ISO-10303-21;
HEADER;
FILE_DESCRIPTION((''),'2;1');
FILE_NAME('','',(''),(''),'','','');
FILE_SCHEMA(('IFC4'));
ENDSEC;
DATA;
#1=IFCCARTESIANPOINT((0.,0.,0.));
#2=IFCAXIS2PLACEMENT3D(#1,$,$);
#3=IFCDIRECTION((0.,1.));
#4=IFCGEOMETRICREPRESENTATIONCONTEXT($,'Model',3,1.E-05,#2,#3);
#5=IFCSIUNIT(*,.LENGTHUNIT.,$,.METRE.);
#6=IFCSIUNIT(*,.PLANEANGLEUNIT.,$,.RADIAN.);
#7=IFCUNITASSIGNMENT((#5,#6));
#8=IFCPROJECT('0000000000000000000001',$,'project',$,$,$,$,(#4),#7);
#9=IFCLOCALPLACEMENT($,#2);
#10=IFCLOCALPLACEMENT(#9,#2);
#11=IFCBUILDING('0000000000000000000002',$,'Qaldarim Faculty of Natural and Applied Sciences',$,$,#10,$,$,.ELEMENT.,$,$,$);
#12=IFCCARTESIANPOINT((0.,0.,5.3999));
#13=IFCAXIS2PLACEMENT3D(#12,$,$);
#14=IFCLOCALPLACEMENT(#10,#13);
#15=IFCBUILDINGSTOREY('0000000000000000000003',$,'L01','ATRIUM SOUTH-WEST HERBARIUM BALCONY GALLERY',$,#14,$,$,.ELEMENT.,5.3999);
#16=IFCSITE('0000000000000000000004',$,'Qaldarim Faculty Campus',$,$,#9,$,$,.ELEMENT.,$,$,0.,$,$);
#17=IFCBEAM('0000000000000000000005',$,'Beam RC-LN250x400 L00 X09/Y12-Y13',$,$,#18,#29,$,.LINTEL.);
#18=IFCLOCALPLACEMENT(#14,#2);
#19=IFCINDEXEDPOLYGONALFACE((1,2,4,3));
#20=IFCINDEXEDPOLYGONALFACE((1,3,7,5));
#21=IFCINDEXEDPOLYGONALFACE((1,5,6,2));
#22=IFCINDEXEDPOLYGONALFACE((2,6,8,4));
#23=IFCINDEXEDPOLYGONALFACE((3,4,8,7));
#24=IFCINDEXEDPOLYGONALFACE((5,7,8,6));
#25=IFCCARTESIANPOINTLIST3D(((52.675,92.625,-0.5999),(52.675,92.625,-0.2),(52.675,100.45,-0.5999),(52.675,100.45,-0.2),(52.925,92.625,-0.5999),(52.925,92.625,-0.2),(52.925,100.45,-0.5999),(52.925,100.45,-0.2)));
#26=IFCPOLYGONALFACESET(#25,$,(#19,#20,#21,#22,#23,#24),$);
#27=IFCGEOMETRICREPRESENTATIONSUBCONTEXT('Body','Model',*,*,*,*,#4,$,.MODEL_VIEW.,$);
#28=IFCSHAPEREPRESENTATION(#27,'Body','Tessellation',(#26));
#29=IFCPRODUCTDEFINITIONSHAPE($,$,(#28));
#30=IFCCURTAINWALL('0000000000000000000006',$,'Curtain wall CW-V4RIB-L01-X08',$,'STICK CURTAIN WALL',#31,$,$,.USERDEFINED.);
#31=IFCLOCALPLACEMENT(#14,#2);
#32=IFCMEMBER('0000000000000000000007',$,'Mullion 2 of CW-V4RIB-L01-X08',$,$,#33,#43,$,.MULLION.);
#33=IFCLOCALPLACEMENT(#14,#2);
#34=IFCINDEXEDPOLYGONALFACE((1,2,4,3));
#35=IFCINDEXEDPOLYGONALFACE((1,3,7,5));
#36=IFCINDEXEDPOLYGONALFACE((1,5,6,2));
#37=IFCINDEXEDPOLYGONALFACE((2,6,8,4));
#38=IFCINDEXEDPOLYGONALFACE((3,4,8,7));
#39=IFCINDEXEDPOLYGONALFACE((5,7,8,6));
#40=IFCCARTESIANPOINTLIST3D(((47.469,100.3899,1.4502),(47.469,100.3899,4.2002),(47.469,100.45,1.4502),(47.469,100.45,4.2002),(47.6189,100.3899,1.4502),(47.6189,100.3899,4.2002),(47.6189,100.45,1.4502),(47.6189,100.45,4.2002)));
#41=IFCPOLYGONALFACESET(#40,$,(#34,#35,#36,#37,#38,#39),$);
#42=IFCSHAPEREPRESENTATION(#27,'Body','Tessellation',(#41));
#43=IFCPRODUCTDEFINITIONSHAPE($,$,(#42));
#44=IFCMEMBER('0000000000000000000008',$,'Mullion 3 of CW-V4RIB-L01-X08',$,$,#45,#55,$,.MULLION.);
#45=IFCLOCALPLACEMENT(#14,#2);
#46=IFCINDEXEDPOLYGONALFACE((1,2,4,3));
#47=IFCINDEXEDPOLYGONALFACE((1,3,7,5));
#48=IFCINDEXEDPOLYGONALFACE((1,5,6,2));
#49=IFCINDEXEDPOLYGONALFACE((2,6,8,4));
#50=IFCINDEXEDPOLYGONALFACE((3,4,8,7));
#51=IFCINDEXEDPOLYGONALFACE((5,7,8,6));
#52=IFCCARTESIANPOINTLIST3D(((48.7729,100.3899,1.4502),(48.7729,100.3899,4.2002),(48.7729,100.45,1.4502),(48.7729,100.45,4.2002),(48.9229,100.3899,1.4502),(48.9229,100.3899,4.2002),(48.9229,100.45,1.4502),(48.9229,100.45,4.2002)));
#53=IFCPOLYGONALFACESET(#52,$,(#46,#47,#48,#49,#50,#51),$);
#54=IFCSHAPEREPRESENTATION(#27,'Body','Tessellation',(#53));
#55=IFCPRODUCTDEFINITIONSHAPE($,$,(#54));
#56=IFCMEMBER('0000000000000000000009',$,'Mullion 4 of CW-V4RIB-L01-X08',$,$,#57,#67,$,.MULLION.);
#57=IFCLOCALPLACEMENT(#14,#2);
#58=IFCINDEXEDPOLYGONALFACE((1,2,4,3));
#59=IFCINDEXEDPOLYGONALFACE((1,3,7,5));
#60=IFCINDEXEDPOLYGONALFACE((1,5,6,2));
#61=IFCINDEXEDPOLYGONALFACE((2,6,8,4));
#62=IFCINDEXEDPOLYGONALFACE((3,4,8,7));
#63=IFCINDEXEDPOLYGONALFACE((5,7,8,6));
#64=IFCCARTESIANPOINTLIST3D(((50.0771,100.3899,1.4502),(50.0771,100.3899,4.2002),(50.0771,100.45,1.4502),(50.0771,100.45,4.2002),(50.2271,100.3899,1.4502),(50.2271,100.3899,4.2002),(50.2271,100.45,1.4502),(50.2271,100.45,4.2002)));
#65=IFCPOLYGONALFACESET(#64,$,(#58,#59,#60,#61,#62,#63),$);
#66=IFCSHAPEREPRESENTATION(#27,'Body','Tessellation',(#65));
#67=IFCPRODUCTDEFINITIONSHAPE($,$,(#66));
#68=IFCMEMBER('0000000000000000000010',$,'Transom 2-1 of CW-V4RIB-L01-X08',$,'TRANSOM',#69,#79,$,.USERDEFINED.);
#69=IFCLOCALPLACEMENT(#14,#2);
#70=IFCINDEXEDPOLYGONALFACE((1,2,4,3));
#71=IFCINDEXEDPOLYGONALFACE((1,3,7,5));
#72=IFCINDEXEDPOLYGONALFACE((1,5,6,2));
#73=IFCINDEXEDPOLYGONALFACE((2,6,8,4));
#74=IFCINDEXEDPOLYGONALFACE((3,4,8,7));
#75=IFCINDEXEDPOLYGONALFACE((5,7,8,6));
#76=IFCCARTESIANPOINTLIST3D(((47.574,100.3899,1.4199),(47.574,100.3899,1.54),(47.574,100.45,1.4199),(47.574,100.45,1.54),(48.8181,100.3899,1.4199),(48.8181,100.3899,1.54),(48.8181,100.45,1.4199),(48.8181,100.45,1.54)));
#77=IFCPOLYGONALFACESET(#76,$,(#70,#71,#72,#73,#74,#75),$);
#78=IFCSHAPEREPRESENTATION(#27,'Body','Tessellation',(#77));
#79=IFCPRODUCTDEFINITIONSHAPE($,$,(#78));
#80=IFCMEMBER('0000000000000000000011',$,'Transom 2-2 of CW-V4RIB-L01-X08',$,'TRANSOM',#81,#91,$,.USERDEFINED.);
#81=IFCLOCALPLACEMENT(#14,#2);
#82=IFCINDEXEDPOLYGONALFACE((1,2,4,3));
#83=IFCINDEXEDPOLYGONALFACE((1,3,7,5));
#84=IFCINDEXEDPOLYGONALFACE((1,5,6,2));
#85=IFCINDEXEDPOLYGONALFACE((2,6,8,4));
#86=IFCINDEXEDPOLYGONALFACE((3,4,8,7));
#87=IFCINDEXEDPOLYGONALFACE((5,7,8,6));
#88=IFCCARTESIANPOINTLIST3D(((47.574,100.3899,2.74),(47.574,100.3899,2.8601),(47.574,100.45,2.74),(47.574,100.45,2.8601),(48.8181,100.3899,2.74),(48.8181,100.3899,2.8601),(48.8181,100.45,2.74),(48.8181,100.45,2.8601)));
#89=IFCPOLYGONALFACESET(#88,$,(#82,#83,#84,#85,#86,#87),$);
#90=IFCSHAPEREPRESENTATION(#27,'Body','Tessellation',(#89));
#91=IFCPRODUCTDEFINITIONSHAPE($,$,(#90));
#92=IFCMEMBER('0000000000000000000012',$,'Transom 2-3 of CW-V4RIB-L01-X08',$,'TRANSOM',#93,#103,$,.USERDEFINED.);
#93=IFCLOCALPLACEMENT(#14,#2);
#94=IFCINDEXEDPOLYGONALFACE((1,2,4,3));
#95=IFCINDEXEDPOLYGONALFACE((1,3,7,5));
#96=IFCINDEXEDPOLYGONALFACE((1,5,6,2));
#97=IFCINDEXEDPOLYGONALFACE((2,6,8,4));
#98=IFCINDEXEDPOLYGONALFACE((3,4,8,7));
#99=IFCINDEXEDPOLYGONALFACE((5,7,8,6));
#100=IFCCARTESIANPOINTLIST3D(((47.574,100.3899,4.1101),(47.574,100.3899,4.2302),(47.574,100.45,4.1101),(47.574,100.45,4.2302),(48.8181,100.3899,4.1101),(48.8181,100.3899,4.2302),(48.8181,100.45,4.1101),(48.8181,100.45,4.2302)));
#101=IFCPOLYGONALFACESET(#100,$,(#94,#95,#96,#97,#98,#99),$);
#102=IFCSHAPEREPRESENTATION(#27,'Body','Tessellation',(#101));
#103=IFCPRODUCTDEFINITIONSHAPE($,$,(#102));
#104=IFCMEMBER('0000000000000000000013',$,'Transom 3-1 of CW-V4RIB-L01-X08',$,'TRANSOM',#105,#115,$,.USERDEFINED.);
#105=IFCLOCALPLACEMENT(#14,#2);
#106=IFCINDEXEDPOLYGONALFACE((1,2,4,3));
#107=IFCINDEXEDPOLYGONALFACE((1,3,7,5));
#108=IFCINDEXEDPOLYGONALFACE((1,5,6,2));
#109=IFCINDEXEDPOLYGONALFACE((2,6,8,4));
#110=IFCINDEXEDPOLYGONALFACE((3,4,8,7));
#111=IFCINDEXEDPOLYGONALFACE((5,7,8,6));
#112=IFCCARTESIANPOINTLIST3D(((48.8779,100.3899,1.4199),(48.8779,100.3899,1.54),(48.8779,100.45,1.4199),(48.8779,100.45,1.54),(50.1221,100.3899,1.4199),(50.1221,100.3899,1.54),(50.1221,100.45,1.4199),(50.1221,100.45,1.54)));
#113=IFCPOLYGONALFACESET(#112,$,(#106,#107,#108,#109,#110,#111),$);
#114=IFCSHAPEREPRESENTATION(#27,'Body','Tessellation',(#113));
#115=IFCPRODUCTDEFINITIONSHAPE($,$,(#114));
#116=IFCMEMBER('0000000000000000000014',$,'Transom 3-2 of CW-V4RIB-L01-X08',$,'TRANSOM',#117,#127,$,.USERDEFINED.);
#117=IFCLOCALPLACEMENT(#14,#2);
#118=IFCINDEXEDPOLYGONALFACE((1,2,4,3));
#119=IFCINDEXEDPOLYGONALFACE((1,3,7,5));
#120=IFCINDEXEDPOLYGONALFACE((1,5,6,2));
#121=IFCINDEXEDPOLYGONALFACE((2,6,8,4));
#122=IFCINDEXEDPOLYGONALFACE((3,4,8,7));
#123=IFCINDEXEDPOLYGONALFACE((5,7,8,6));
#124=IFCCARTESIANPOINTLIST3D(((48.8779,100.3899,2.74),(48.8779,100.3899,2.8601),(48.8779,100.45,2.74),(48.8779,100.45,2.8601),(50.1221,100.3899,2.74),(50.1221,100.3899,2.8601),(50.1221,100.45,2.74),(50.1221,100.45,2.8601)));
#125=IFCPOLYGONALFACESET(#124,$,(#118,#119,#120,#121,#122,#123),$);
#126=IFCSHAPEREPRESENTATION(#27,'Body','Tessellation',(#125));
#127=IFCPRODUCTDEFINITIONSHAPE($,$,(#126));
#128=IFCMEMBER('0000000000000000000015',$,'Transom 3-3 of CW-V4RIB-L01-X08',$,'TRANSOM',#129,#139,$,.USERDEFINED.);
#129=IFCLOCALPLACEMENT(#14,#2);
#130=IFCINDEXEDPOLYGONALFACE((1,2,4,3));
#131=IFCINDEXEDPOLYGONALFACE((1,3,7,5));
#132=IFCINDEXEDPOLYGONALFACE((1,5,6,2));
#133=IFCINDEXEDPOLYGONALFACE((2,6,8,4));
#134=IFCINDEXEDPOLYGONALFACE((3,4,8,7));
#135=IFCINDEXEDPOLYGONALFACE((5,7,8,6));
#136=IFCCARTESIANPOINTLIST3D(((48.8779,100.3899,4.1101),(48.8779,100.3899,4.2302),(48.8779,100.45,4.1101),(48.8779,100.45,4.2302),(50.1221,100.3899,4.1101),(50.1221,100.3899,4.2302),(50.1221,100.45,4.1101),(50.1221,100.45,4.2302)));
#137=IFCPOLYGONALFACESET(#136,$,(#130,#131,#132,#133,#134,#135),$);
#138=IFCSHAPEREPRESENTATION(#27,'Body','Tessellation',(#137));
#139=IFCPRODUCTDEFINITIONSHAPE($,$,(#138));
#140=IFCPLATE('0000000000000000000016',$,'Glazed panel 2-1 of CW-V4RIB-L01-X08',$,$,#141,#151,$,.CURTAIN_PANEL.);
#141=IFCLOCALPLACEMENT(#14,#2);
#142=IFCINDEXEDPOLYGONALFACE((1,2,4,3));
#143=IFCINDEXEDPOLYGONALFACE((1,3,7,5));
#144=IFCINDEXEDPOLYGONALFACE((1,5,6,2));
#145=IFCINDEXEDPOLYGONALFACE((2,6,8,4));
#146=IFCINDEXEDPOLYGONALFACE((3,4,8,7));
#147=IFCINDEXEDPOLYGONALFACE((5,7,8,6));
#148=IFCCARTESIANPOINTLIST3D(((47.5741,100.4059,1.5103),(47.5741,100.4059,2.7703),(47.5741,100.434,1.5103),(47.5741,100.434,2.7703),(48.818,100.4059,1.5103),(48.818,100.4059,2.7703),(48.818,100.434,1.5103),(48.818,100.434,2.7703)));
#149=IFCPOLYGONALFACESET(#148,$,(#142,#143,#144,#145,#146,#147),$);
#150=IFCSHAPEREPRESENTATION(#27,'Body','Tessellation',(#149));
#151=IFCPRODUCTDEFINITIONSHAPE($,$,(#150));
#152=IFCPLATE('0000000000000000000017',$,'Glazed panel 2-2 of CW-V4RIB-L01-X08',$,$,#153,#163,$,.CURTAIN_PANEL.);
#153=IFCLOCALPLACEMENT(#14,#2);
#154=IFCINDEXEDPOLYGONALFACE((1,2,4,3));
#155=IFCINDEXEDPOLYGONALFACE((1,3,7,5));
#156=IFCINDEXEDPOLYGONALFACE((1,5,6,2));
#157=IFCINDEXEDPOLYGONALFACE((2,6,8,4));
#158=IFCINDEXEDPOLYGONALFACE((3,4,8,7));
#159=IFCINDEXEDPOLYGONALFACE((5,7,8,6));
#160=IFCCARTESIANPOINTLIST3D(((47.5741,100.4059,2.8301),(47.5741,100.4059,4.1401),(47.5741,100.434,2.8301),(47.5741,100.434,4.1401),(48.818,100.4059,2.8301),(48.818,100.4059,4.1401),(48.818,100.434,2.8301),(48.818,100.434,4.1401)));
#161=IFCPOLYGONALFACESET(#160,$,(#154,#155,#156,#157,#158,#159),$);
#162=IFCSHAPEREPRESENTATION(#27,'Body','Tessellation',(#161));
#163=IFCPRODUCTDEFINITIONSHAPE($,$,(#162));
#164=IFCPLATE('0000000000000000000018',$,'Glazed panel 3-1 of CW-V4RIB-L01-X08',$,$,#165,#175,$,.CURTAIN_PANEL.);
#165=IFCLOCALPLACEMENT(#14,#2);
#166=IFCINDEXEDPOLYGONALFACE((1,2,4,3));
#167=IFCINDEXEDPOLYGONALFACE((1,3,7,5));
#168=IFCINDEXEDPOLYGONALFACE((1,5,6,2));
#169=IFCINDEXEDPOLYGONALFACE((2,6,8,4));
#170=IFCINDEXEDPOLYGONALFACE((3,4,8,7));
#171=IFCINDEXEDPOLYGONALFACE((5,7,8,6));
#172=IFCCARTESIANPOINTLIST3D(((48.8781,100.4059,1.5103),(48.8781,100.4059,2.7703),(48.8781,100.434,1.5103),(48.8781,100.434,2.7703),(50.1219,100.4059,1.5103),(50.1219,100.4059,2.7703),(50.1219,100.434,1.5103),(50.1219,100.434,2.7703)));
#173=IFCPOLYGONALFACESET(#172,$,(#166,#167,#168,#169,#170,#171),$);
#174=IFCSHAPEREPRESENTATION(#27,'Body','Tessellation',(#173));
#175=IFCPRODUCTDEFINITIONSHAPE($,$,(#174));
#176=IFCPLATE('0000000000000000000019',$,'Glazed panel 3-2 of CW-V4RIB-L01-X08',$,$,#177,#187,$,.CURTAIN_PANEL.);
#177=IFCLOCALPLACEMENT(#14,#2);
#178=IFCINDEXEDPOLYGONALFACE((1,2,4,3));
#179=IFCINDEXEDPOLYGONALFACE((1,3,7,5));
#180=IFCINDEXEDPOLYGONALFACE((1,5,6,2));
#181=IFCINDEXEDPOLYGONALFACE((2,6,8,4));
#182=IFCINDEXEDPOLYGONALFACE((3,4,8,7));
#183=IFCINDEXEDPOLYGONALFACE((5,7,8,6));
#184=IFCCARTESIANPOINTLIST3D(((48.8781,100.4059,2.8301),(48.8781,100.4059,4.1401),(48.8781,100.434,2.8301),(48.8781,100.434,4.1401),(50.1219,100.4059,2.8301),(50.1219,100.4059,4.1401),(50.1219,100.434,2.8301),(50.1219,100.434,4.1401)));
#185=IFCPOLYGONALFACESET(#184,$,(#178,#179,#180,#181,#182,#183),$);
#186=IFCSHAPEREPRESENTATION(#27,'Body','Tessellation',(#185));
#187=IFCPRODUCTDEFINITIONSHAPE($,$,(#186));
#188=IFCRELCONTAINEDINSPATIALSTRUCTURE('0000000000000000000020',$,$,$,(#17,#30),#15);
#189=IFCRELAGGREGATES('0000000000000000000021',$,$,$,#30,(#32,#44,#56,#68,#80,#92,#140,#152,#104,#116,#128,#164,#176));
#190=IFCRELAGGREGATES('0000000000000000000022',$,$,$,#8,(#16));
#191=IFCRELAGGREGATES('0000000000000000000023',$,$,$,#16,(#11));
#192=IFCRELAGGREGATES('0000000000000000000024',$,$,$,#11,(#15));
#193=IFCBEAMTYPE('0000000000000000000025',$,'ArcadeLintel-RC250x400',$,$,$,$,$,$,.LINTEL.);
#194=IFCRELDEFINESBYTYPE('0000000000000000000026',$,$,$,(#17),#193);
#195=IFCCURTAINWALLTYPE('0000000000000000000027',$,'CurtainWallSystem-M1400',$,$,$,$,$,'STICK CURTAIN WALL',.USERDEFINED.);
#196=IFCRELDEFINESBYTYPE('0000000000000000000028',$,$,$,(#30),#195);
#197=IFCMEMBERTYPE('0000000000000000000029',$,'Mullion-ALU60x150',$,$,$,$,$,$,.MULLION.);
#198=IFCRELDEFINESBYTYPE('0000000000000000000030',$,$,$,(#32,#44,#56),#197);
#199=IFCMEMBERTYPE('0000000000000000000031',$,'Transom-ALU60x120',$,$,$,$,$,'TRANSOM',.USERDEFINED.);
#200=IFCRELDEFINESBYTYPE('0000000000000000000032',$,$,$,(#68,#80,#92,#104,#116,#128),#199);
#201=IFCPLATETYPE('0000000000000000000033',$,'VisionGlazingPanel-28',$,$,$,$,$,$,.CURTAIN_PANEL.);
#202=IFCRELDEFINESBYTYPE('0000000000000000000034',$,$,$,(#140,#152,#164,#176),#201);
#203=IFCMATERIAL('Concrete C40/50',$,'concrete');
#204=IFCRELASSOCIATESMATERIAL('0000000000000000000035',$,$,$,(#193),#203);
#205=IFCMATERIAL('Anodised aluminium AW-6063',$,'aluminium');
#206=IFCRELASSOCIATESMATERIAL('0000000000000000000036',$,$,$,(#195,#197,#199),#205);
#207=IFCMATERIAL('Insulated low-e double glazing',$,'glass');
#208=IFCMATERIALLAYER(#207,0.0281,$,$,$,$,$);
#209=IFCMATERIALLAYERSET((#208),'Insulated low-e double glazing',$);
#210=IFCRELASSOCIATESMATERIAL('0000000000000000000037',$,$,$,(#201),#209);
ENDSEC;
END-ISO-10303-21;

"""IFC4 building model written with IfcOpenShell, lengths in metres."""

from ifc_helpers import new_model, si_unit, direction, frame, origin, origin_2d, place, context, subcontext, project, spatial, rectangle, extrude, material, layer, layer_set, material_profile, profile_set, type_object, element, aggregate, save


model = new_model("IFC4")

# Units and contexts
model_context = context("Model", 3, precision=1e-05, world=origin(), true_north=direction((0.0, 1.0)))
body_context = subcontext(model_context, "Body", "Model", "MODEL_VIEW")
ifc_project = project(units=[si_unit("LENGTHUNIT", "METRE"), si_unit("PLANEANGLEUNIT", "RADIAN")], contexts=[model_context])

# Site, building, storey
site_placement = place(None, origin())
site = spatial("IfcSite", under=ifc_project, at=site_placement, Name="Qaldarim Faculty Campus", CompositionType="ELEMENT", RefElevation=0.0)
building_placement = place(site_placement, origin())
building = spatial("IfcBuilding", under=site, at=building_placement, Name="Qaldarim Faculty of Natural and Applied Sciences", CompositionType="ELEMENT")
storey_placement = place(building_placement, frame((0.0, 0.0, 5.3999)))
storey = spatial("IfcBuildingStorey", under=building, at=storey_placement, Name="L01", Description="ATRIUM SOUTH-WEST HERBARIUM BALCONY GALLERY", CompositionType="ELEMENT", Elevation=5.3999)

# Beam
ifc_material_1 = material(Name="Concrete C40/50", Category="concrete")
ifc_material_profile_1 = material_profile(ifc_material_1, rectangle(XDim=0.25, YDim=0.3999, at=origin_2d()), Name="RC-LN250x400")
ifc_profile_set_1 = profile_set([ifc_material_profile_1], Name="Concrete C40/50")
beam_type = type_object("IfcBeamType", Name="ArcadeLintel-RC250x400", PredefinedType="LINTEL", material=ifc_profile_set_1)
beam_placement = place(storey_placement, frame((52.8, 92.625, -0.3999), z_axis=(0.0, 1.0, 0.0), x_axis=(-1.0, 0.0, 0.0)))
element("IfcBeam", 1, at=beam_placement, inside=storey, type_object=beam_type, Name="Beam RC-LN250x400 L00 X09/Y12-Y13", PredefinedType="LINTEL", context=body_context, shape_type="SweptSolid", body=[
    extrude(rectangle(XDim=0.25, YDim=0.3999, at=origin_2d()), origin(), (0.0, 0.0, 1.0), 7.825),
])

# Curtain wall, members, plates
ifc_material_2 = material(Name="Anodised aluminium AW-6063", Category="aluminium")
curtain_wall_type = type_object("IfcCurtainWallType", Name="CurtainWallSystem-M1400", ElementType="STICK CURTAIN WALL", PredefinedType="USERDEFINED", material=ifc_material_2)
curtain_wall_placement = place(storey_placement, origin())
curtain_wall = element("IfcCurtainWall", 2, at=curtain_wall_placement, inside=storey, type_object=curtain_wall_type, Name="Curtain wall CW-V4RIB-L01-X08", ObjectType="STICK CURTAIN WALL", PredefinedType="USERDEFINED")
ifc_material_profile_2 = material_profile(ifc_material_2, rectangle(XDim=0.0601, YDim=0.1499, at=origin_2d()), Name="ALU-M60x150")
ifc_profile_set_2 = profile_set([ifc_material_profile_2], Name="Anodised aluminium AW-6063")
member_type_1 = type_object("IfcMemberType", Name="Mullion-ALU60x150", PredefinedType="MULLION", material=ifc_profile_set_2)
member_1_placement = place(storey_placement, frame((47.5439, 100.4199, 1.4502), z_axis=(0.0, 0.0, 1.0), x_axis=(0.0, 1.0, 0.0)))
member_1 = element("IfcMember", 3, at=member_1_placement, type_object=member_type_1, Name="Mullion 2 of CW-V4RIB-L01-X08", PredefinedType="MULLION", context=body_context, shape_type="SweptSolid", body=[
    extrude(rectangle(XDim=0.0601, YDim=0.1499, at=origin_2d()), origin(), (0.0, 0.0, 1.0), 2.75),
])
member_2_placement = place(storey_placement, frame((48.8479, 100.4199, 1.4502), z_axis=(0.0, 0.0, 1.0), x_axis=(0.0, 1.0, 0.0)))
member_2 = element("IfcMember", 4, at=member_2_placement, type_object=member_type_1, Name="Mullion 3 of CW-V4RIB-L01-X08", PredefinedType="MULLION", context=body_context, shape_type="SweptSolid", body=[
    extrude(rectangle(XDim=0.0601, YDim=0.1499, at=origin_2d()), origin(), (0.0, 0.0, 1.0), 2.75),
])
member_3_placement = place(storey_placement, frame((50.1521, 100.4199, 1.4502), z_axis=(0.0, 0.0, 1.0), x_axis=(0.0, 1.0, 0.0)))
member_3 = element("IfcMember", 5, at=member_3_placement, type_object=member_type_1, Name="Mullion 4 of CW-V4RIB-L01-X08", PredefinedType="MULLION", context=body_context, shape_type="SweptSolid", body=[
    extrude(rectangle(XDim=0.0601, YDim=0.1499, at=origin_2d()), origin(), (0.0, 0.0, 1.0), 2.75),
])
ifc_material_profile_3 = material_profile(ifc_material_2, rectangle(XDim=0.0601, YDim=0.1201, at=origin_2d()), Name="ALU-T60x120")
ifc_profile_set_3 = profile_set([ifc_material_profile_3], Name="Anodised aluminium AW-6063")
member_type_2 = type_object("IfcMemberType", Name="Transom-ALU60x120", ElementType="TRANSOM", PredefinedType="USERDEFINED", material=ifc_profile_set_3)
member_4_placement = place(storey_placement, frame((47.574, 100.4199, 1.48), z_axis=(1.0, 0.0, 0.0), x_axis=(0.0, 1.0, 0.0)))
member_4 = element("IfcMember", 6, at=member_4_placement, type_object=member_type_2, Name="Transom 2-1 of CW-V4RIB-L01-X08", ObjectType="TRANSOM", PredefinedType="USERDEFINED", context=body_context, shape_type="SweptSolid", body=[
    extrude(rectangle(XDim=0.0601, YDim=0.1201, at=origin_2d()), origin(), (0.0, 0.0, 1.0), 1.2441),
])
member_5_placement = place(storey_placement, frame((47.574, 100.4199, 2.8), z_axis=(1.0, 0.0, 0.0), x_axis=(0.0, 1.0, 0.0)))
member_5 = element("IfcMember", 7, at=member_5_placement, type_object=member_type_2, Name="Transom 2-2 of CW-V4RIB-L01-X08", ObjectType="TRANSOM", PredefinedType="USERDEFINED", context=body_context, shape_type="SweptSolid", body=[
    extrude(rectangle(XDim=0.0601, YDim=0.1201, at=origin_2d()), origin(), (0.0, 0.0, 1.0), 1.2441),
])
member_6_placement = place(storey_placement, frame((47.574, 100.4199, 4.1702), z_axis=(1.0, 0.0, 0.0), x_axis=(0.0, 1.0, 0.0)))
member_6 = element("IfcMember", 8, at=member_6_placement, type_object=member_type_2, Name="Transom 2-3 of CW-V4RIB-L01-X08", ObjectType="TRANSOM", PredefinedType="USERDEFINED", context=body_context, shape_type="SweptSolid", body=[
    extrude(rectangle(XDim=0.0601, YDim=0.1201, at=origin_2d()), origin(), (0.0, 0.0, 1.0), 1.2441),
])
member_7_placement = place(storey_placement, frame((48.8779, 100.4199, 1.48), z_axis=(1.0, 0.0, 0.0), x_axis=(0.0, 1.0, 0.0)))
member_7 = element("IfcMember", 9, at=member_7_placement, type_object=member_type_2, Name="Transom 3-1 of CW-V4RIB-L01-X08", ObjectType="TRANSOM", PredefinedType="USERDEFINED", context=body_context, shape_type="SweptSolid", body=[
    extrude(rectangle(XDim=0.0601, YDim=0.1201, at=origin_2d()), origin(), (0.0, 0.0, 1.0), 1.2441),
])
member_8_placement = place(storey_placement, frame((48.8779, 100.4199, 2.8), z_axis=(1.0, 0.0, 0.0), x_axis=(0.0, 1.0, 0.0)))
member_8 = element("IfcMember", 10, at=member_8_placement, type_object=member_type_2, Name="Transom 3-2 of CW-V4RIB-L01-X08", ObjectType="TRANSOM", PredefinedType="USERDEFINED", context=body_context, shape_type="SweptSolid", body=[
    extrude(rectangle(XDim=0.0601, YDim=0.1201, at=origin_2d()), origin(), (0.0, 0.0, 1.0), 1.2441),
])
member_9_placement = place(storey_placement, frame((48.8779, 100.4199, 4.1702), z_axis=(1.0, 0.0, 0.0), x_axis=(0.0, 1.0, 0.0)))
member_9 = element("IfcMember", 11, at=member_9_placement, type_object=member_type_2, Name="Transom 3-3 of CW-V4RIB-L01-X08", ObjectType="TRANSOM", PredefinedType="USERDEFINED", context=body_context, shape_type="SweptSolid", body=[
    extrude(rectangle(XDim=0.0601, YDim=0.1201, at=origin_2d()), origin(), (0.0, 0.0, 1.0), 1.2441),
])
ifc_material_3 = material(Name="Insulated low-e double glazing", Category="glass")
ifc_layer_1 = layer(ifc_material_3, 0.0281)
ifc_layer_set_1 = layer_set([ifc_layer_1], Name="Insulated low-e double glazing")
plate_type = type_object("IfcPlateType", Name="VisionGlazingPanel-28", PredefinedType="CURTAIN_PANEL", material=ifc_layer_set_1)
plate_1_placement = place(storey_placement, frame((48.196, 100.4199, 1.5103), z_axis=(0.0, 0.0, 1.0), x_axis=(1.0, 0.0, 0.0)))
plate_1 = element("IfcPlate", 12, at=plate_1_placement, type_object=plate_type, Name="Glazed panel 2-1 of CW-V4RIB-L01-X08", PredefinedType="CURTAIN_PANEL", context=body_context, shape_type="SweptSolid", body=[
    extrude(rectangle(XDim=1.2439, YDim=0.0281, at=origin_2d()), origin(), (0.0, 0.0, 1.0), 1.26),
])
plate_2_placement = place(storey_placement, frame((48.196, 100.4199, 2.8301), z_axis=(0.0, 0.0, 1.0), x_axis=(1.0, 0.0, 0.0)))
plate_2 = element("IfcPlate", 13, at=plate_2_placement, type_object=plate_type, Name="Glazed panel 2-2 of CW-V4RIB-L01-X08", PredefinedType="CURTAIN_PANEL", context=body_context, shape_type="SweptSolid", body=[
    extrude(rectangle(XDim=1.2439, YDim=0.0281, at=origin_2d()), origin(), (0.0, 0.0, 1.0), 1.3101),
])
plate_3_placement = place(storey_placement, frame((49.5, 100.4199, 1.5103), z_axis=(0.0, 0.0, 1.0), x_axis=(1.0, 0.0, 0.0)))
plate_3 = element("IfcPlate", 14, at=plate_3_placement, type_object=plate_type, Name="Glazed panel 3-1 of CW-V4RIB-L01-X08", PredefinedType="CURTAIN_PANEL", context=body_context, shape_type="SweptSolid", body=[
    extrude(rectangle(XDim=1.2439, YDim=0.0281, at=origin_2d()), origin(), (0.0, 0.0, 1.0), 1.26),
])
plate_4_placement = place(storey_placement, frame((49.5, 100.4199, 2.8301), z_axis=(0.0, 0.0, 1.0), x_axis=(1.0, 0.0, 0.0)))
plate_4 = element("IfcPlate", 15, at=plate_4_placement, type_object=plate_type, Name="Glazed panel 3-2 of CW-V4RIB-L01-X08", PredefinedType="CURTAIN_PANEL", context=body_context, shape_type="SweptSolid", body=[
    extrude(rectangle(XDim=1.2439, YDim=0.0281, at=origin_2d()), origin(), (0.0, 0.0, 1.0), 1.3101),
])
aggregate(curtain_wall, [member_1, member_2, member_3, member_4, member_5, member_6, plate_1, plate_2, member_7, member_8, member_9, plate_3, plate_4])

save(model, "model.ifc")
